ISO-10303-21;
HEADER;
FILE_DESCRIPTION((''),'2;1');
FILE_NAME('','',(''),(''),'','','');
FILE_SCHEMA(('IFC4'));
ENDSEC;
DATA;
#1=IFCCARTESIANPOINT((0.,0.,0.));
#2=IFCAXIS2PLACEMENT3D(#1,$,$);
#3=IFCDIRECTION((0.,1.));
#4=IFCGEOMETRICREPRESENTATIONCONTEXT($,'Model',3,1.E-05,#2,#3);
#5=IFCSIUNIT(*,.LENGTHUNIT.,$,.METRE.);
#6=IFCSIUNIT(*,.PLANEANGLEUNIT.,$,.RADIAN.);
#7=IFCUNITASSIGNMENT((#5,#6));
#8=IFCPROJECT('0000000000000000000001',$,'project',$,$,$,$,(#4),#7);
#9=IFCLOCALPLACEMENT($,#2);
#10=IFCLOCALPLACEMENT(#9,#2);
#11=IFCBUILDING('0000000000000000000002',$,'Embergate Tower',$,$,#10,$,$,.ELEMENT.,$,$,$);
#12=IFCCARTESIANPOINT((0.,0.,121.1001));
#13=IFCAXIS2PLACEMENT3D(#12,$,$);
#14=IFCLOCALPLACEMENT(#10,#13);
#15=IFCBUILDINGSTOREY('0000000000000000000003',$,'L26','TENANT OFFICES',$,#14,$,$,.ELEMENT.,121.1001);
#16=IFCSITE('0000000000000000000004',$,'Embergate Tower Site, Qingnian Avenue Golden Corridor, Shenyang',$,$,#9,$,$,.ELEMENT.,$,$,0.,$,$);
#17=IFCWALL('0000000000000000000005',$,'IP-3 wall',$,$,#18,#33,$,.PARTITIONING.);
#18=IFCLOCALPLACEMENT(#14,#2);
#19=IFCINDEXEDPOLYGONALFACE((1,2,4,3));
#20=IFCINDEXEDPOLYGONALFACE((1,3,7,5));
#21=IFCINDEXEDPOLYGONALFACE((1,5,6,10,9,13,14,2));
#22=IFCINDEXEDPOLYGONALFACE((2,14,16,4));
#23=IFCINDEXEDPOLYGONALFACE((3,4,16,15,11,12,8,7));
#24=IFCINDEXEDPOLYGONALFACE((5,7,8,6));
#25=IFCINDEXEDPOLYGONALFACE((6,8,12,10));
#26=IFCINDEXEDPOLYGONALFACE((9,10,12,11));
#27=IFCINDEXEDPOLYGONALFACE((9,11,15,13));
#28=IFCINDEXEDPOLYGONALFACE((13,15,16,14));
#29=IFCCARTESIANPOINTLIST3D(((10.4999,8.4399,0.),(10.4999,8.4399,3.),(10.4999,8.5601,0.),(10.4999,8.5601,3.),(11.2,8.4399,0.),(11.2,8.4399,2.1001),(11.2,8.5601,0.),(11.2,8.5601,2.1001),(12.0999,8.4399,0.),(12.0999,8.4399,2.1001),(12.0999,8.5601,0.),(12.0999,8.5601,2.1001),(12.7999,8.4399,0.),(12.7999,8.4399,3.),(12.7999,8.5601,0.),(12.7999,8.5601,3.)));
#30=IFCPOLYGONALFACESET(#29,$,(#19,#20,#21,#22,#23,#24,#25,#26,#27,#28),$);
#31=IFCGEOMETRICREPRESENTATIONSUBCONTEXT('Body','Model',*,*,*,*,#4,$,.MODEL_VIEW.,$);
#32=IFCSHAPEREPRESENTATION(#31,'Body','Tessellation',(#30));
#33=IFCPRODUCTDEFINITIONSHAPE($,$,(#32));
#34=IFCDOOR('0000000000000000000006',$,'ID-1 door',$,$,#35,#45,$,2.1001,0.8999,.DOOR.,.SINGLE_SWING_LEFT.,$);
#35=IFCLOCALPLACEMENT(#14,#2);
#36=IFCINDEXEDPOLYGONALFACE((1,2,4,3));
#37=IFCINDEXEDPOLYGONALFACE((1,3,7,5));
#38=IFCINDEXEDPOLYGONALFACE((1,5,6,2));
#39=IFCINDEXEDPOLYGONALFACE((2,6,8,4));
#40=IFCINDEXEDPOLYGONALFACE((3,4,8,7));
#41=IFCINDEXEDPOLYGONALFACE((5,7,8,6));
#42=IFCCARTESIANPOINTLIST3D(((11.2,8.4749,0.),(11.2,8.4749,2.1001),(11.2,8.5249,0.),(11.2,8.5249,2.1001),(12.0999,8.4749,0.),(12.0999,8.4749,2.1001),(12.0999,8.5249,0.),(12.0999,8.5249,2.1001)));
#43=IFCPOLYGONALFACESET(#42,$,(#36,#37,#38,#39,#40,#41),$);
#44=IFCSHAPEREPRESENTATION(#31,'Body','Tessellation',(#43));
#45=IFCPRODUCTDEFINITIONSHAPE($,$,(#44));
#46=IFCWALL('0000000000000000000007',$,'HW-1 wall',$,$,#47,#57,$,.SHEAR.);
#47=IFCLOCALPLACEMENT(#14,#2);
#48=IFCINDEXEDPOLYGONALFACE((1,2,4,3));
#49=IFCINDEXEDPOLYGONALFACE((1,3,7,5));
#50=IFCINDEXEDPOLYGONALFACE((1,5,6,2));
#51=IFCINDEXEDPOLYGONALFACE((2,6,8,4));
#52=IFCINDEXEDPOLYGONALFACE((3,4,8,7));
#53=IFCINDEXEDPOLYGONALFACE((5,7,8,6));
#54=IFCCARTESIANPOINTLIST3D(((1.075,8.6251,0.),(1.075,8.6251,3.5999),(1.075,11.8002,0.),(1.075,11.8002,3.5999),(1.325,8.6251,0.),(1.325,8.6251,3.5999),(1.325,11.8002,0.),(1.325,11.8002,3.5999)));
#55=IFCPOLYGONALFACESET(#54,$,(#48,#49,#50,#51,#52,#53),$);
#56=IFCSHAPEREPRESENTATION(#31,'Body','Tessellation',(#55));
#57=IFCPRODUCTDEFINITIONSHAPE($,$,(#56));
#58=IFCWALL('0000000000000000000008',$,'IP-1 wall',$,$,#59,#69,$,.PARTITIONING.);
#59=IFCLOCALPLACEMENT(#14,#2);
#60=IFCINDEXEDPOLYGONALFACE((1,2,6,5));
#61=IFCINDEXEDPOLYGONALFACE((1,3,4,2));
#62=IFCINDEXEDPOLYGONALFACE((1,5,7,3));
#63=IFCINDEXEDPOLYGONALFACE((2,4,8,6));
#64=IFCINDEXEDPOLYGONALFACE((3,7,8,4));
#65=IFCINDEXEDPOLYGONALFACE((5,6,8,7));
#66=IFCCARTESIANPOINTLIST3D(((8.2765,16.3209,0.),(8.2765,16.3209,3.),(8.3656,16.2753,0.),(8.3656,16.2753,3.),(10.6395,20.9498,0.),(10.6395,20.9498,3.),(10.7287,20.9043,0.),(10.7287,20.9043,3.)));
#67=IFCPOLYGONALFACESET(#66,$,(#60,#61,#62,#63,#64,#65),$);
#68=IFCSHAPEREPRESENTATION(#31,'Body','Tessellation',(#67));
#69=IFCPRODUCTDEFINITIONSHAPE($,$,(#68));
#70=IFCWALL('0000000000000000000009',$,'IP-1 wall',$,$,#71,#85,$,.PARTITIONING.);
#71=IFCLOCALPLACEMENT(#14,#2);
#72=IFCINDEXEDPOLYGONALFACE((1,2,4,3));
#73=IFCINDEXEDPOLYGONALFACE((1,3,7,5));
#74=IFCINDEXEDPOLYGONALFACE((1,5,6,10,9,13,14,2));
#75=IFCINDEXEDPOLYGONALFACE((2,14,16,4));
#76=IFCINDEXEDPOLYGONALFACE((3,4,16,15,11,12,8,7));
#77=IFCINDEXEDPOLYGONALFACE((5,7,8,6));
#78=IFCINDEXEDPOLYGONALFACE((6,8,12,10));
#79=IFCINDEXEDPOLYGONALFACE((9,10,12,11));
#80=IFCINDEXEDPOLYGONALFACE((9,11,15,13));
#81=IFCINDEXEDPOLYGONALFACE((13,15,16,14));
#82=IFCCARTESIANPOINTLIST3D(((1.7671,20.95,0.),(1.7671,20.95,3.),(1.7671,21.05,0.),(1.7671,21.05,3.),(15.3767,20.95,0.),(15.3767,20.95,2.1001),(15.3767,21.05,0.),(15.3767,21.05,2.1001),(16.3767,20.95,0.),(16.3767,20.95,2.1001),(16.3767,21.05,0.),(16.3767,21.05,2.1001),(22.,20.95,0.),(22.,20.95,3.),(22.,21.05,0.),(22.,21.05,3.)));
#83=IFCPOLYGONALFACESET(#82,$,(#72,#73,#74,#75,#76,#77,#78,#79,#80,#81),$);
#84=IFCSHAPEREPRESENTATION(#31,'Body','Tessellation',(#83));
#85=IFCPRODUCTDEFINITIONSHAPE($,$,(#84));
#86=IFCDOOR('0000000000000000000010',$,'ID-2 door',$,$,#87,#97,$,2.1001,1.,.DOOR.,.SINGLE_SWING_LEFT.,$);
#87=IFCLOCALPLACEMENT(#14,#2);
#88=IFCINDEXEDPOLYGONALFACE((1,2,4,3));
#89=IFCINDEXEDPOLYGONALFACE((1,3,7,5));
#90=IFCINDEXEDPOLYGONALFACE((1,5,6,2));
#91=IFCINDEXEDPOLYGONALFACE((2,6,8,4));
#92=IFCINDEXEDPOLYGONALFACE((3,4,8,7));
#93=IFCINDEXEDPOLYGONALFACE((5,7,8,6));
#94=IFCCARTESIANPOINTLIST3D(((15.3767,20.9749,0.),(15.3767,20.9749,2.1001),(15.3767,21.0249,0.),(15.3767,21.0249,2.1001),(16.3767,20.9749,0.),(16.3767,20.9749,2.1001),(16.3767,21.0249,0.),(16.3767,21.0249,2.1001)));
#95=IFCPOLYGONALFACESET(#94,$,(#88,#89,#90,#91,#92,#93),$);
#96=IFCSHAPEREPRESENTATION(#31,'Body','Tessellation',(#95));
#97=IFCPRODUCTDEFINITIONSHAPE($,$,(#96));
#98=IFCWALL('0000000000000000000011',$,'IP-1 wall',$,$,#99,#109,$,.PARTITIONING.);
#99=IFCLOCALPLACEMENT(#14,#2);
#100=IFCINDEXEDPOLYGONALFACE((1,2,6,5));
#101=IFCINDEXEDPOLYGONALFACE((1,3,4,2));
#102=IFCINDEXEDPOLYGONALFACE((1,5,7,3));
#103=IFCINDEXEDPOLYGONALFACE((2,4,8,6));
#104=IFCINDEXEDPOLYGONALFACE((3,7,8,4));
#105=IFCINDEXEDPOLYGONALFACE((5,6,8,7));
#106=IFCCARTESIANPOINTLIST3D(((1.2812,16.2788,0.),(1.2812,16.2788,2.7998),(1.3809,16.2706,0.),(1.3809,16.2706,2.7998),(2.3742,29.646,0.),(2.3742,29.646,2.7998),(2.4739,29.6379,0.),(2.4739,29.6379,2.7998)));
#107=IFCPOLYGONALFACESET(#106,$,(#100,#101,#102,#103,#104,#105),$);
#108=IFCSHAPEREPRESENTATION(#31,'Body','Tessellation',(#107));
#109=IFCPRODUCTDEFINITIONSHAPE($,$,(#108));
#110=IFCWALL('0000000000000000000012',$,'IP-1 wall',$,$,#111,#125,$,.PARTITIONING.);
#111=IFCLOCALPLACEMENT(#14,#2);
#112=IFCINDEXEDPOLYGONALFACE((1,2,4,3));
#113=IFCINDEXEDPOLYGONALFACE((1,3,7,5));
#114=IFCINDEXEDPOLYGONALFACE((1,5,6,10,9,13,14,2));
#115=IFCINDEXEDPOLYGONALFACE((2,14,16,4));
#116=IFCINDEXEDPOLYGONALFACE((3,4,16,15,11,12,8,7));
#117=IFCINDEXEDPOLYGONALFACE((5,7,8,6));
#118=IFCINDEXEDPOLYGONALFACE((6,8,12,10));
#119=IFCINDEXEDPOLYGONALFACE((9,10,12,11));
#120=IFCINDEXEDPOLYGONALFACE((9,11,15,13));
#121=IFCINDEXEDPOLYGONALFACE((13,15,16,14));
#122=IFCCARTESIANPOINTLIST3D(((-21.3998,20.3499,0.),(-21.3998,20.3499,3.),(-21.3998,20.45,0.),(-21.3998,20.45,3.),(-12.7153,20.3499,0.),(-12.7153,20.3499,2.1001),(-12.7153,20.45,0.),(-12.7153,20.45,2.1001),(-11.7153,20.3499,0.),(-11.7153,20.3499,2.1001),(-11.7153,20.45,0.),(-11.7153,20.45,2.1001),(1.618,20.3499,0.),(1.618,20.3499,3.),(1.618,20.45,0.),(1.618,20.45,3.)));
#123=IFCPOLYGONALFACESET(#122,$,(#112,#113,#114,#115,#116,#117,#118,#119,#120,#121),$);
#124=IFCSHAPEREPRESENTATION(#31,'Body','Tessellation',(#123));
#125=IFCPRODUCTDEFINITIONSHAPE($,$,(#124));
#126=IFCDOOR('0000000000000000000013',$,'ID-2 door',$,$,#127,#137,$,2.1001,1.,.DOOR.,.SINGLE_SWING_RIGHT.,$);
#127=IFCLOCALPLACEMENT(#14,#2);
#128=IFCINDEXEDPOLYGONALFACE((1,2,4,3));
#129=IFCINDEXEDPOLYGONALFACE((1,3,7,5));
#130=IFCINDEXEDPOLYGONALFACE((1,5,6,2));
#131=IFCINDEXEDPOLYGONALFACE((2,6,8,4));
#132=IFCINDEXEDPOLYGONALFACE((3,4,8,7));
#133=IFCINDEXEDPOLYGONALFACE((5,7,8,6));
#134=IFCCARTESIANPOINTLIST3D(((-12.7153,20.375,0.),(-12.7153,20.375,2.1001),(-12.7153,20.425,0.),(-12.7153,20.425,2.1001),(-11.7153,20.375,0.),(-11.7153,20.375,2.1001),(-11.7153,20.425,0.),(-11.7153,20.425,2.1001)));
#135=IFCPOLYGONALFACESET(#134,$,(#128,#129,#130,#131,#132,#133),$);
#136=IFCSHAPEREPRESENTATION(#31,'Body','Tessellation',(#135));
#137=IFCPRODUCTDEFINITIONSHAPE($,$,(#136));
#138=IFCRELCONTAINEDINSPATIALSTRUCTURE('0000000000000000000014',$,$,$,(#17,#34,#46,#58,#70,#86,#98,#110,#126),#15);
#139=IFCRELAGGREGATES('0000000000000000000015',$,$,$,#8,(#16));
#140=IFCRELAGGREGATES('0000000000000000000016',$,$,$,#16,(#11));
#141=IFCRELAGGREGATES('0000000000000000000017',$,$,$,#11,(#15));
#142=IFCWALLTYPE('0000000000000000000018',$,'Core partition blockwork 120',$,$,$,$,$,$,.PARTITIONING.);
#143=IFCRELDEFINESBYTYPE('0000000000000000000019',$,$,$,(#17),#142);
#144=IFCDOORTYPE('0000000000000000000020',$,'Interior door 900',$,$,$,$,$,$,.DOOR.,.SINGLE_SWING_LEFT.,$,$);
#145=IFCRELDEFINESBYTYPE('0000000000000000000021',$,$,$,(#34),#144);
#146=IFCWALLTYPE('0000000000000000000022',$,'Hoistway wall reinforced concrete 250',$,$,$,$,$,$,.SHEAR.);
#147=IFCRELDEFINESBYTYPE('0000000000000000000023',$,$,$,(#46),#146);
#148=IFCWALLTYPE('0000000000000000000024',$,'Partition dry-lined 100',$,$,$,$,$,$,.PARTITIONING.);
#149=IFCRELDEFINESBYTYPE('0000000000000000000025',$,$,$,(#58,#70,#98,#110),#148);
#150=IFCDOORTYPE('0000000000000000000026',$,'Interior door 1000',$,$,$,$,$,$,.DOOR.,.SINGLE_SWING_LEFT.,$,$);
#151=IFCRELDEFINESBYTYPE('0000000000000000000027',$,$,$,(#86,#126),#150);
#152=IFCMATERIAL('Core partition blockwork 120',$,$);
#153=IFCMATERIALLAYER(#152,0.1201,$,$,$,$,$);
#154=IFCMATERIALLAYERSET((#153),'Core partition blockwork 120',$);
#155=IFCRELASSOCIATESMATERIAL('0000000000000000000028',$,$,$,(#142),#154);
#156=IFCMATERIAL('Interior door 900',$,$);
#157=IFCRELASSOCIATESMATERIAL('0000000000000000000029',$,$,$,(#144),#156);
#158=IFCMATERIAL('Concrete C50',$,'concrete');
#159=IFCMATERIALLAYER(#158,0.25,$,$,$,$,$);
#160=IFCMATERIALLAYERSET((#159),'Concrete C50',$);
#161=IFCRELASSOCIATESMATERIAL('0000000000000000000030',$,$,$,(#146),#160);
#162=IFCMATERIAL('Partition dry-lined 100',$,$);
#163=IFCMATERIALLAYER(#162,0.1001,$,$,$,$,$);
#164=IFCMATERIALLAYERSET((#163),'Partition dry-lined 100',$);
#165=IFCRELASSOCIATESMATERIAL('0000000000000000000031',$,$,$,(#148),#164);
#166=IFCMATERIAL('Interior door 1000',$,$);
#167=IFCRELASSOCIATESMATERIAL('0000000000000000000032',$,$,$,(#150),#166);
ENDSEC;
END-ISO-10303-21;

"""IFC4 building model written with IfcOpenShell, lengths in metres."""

from ifc_helpers import new_model, si_unit, direction, frame, frame_2d, origin, place, context, subcontext, project, spatial, rectangle, extrude, source, transform, mapped, material, layer, layer_set, type_object, element, fill, save


model = new_model("IFC4")

# Units and contexts
model_context = context("Model", 3, precision=1e-05, world=origin(), true_north=direction((0.0, 1.0)))
body_context = subcontext(model_context, "Body", "Model", "MODEL_VIEW")
ifc_project = project(units=[si_unit("LENGTHUNIT", "METRE"), si_unit("PLANEANGLEUNIT", "RADIAN")], contexts=[model_context])

# Site, building, storey
site_placement = place(None, origin())
site = spatial("IfcSite", under=ifc_project, at=site_placement, Name="Embergate Tower Site, Qingnian Avenue Golden Corridor, Shenyang", CompositionType="ELEMENT", RefElevation=0.0)
building_placement = place(site_placement, origin())
building = spatial("IfcBuilding", under=site, at=building_placement, Name="Embergate Tower", CompositionType="ELEMENT")
storey_placement = place(building_placement, frame((0.0, 0.0, 121.1001)))
storey = spatial("IfcBuildingStorey", under=building, at=storey_placement, Name="L26", Description="TENANT OFFICES", CompositionType="ELEMENT", Elevation=121.1001)

# Wall, opening, door
ifc_material_1 = material(Name="Core partition blockwork 120")
ifc_layer_1 = layer(ifc_material_1, 0.1201)
ifc_layer_set_1 = layer_set([ifc_layer_1], Name="Core partition blockwork 120")
wall_type_1 = type_object("IfcWallType", Name="Core partition blockwork 120", PredefinedType="PARTITIONING", material=ifc_layer_set_1)
shared_shape_1 = source(origin(), body_context, "Body", "SweptSolid", [
    extrude(rectangle(XDim=2.3, YDim=0.1201, at=frame_2d((1.1499, 0.0))), origin(), (0.0, 0.0, 1.0), 3.0),
])
wall_1_placement = place(storey_placement, frame((10.5, 8.5, 0.0), z_axis=(0.0, 0.0, 1.0), x_axis=(1.0, 0.0, 0.0)))
wall_1 = element("IfcWall", 1, at=wall_1_placement, inside=storey, type_object=wall_type_1, Name="IP-3 wall", PredefinedType="PARTITIONING", context=body_context, shape_type="MappedRepresentation", body=[
    mapped(shared_shape_1, transform((0.0, 0.0, 0.0))),
])
shared_shape_2 = source(origin(), body_context, "Body", "SweptSolid", [
    extrude(rectangle(XDim=0.8999, YDim=2.1001, at=frame_2d((0.45, 1.05))), frame((0.0, 0.0701, 0.0), z_axis=(0.0, -1.0, 0.0), x_axis=(1.0, 0.0, 0.0)), (0.0, 0.0, 1.0), 0.1401),
])
opening_1_placement = place(wall_1_placement, frame((0.7, 0.0, 0.0)))
opening_1 = element("IfcOpeningElement", 2, at=opening_1_placement, cuts=wall_1, PredefinedType="OPENING", context=body_context, shape_type="MappedRepresentation", body=[
    mapped(shared_shape_2, transform((0.0, 0.0, 0.0))),
])
ifc_material_2 = material(Name="Interior door 900")
door_type_1 = type_object("IfcDoorType", Name="Interior door 900", OperationType="SINGLE_SWING_LEFT", PredefinedType="DOOR", material=ifc_material_2)
shared_shape_3 = source(origin(), body_context, "Body", "SweptSolid", [
    extrude(rectangle(XDim=0.8999, YDim=2.1001, at=frame_2d((0.45, 1.05))), frame((0.0, 0.0249, 0.0), z_axis=(0.0, -1.0, 0.0), x_axis=(1.0, 0.0, 0.0)), (0.0, 0.0, 1.0), 0.05),
])
door_1_placement = place(opening_1_placement, origin())
door_1 = element("IfcDoor", 3, at=door_1_placement, inside=storey, type_object=door_type_1, Name="ID-1 door", OperationType="SINGLE_SWING_LEFT", OverallHeight=2.1001, OverallWidth=0.8999, PredefinedType="DOOR", context=body_context, shape_type="MappedRepresentation", body=[
    mapped(shared_shape_3, transform((0.0, 0.0, 0.0))),
])
fill(opening_1, door_1)

# Walls
ifc_material_3 = material(Name="Concrete C50", Category="concrete")
ifc_layer_2 = layer(ifc_material_3, 0.25)
ifc_layer_set_2 = layer_set([ifc_layer_2], Name="Concrete C50")
wall_type_2 = type_object("IfcWallType", Name="Hoistway wall reinforced concrete 250", PredefinedType="SHEAR", material=ifc_layer_set_2)
shared_shape_4 = source(origin(), body_context, "Body", "SweptSolid", [
    extrude(rectangle(XDim=3.175, YDim=0.25, at=frame_2d((1.5874, 0.0))), origin(), (0.0, 0.0, 1.0), 3.5999),
])
wall_2_placement = place(storey_placement, frame((1.2, 11.8, 0.0), z_axis=(0.0, 0.0, 1.0), x_axis=(0.0, -1.0, 0.0)))
element("IfcWall", 4, at=wall_2_placement, inside=storey, type_object=wall_type_2, Name="HW-1 wall", PredefinedType="SHEAR", context=body_context, shape_type="MappedRepresentation", body=[
    mapped(shared_shape_4, transform((0.0, 0.0, 0.0))),
])
ifc_material_4 = material(Name="Partition dry-lined 100")
ifc_layer_3 = layer(ifc_material_4, 0.1001)
ifc_layer_set_3 = layer_set([ifc_layer_3], Name="Partition dry-lined 100")
wall_type_3 = type_object("IfcWallType", Name="Partition dry-lined 100", PredefinedType="PARTITIONING", material=ifc_layer_set_3)
shared_shape_5 = source(origin(), body_context, "Body", "SweptSolid", [
    extrude(rectangle(XDim=5.1973, YDim=0.1001, at=frame_2d((2.5986, 0.0))), origin(), (0.0, 0.0, 1.0), 3.0),
])
wall_3_placement = place(storey_placement, frame((8.321, 16.2981, 0.0), z_axis=(0.0, 0.0, 1.0), x_axis=(0.454676, 0.890657, 0.0)))
element("IfcWall", 5, at=wall_3_placement, inside=storey, type_object=wall_type_3, Name="IP-1 wall", PredefinedType="PARTITIONING", context=body_context, shape_type="MappedRepresentation", body=[
    mapped(shared_shape_5, transform((0.0, 0.0, 0.0))),
])

# Wall, opening, door
shared_shape_6 = source(origin(), body_context, "Body", "SweptSolid", [
    extrude(rectangle(XDim=20.2329, YDim=0.1001, at=frame_2d((10.1165, 0.0))), origin(), (0.0, 0.0, 1.0), 3.0),
])
wall_4_placement = place(storey_placement, frame((1.7671, 21.0, 0.0), z_axis=(0.0, 0.0, 1.0), x_axis=(1.0, 0.0, 0.0)))
wall_4 = element("IfcWall", 6, at=wall_4_placement, inside=storey, type_object=wall_type_3, Name="IP-1 wall", PredefinedType="PARTITIONING", context=body_context, shape_type="MappedRepresentation", body=[
    mapped(shared_shape_6, transform((0.0, 0.0, 0.0))),
])
shared_shape_7 = source(origin(), body_context, "Body", "SweptSolid", [
    extrude(rectangle(XDim=1.0, YDim=2.1001, at=frame_2d((0.5, 1.05))), frame((0.0, 0.0601, 0.0), z_axis=(0.0, -1.0, 0.0), x_axis=(1.0, 0.0, 0.0)), (0.0, 0.0, 1.0), 0.1201),
])
opening_2_placement = place(wall_4_placement, frame((13.6096, 0.0, 0.0)))
opening_2 = element("IfcOpeningElement", 7, at=opening_2_placement, cuts=wall_4, PredefinedType="OPENING", context=body_context, shape_type="MappedRepresentation", body=[
    mapped(shared_shape_7, transform((0.0, 0.0, 0.0))),
])
ifc_material_5 = material(Name="Interior door 1000")
door_type_2 = type_object("IfcDoorType", Name="Interior door 1000", OperationType="SINGLE_SWING_LEFT", PredefinedType="DOOR", material=ifc_material_5)
shared_shape_8 = source(origin(), body_context, "Body", "SweptSolid", [
    extrude(rectangle(XDim=1.0, YDim=2.1001, at=frame_2d((0.5, 1.05))), frame((0.0, 0.0249, 0.0), z_axis=(0.0, -1.0, 0.0), x_axis=(1.0, 0.0, 0.0)), (0.0, 0.0, 1.0), 0.05),
])
door_2_placement = place(opening_2_placement, origin())
door_2 = element("IfcDoor", 8, at=door_2_placement, inside=storey, type_object=door_type_2, Name="ID-2 door", OperationType="SINGLE_SWING_LEFT", OverallHeight=2.1001, OverallWidth=1.0, PredefinedType="DOOR", context=body_context, shape_type="MappedRepresentation", body=[
    mapped(shared_shape_8, transform((0.0, 0.0, 0.0))),
])
fill(opening_2, door_2)

# Wall
shared_shape_9 = source(origin(), body_context, "Body", "SweptSolid", [
    extrude(rectangle(XDim=13.4119, YDim=0.1001, at=frame_2d((6.7061, 0.0))), origin(), (0.0, 0.0, 1.0), 2.7998),
])
wall_5_placement = place(storey_placement, frame((2.4241, 29.6421, 0.0), z_axis=(0.0, 0.0, 1.0), x_axis=(-0.081497, -0.996674, 0.0)))
element("IfcWall", 9, at=wall_5_placement, inside=storey, type_object=wall_type_3, Name="IP-1 wall", PredefinedType="PARTITIONING", context=body_context, shape_type="MappedRepresentation", body=[
    mapped(shared_shape_9, transform((0.0, 0.0, 0.0))),
])

# Wall, opening, door
shared_shape_10 = source(origin(), body_context, "Body", "SweptSolid", [
    extrude(rectangle(XDim=23.0178, YDim=0.1001, at=frame_2d((11.5088, 0.0))), origin(), (0.0, 0.0, 1.0), 3.0),
])
wall_6_placement = place(storey_placement, frame((1.6179, 20.3999, 0.0), z_axis=(0.0, 0.0, 1.0), x_axis=(-1.0, 0.0, 0.0)))
wall_6 = element("IfcWall", 10, at=wall_6_placement, inside=storey, type_object=wall_type_3, Name="IP-1 wall", PredefinedType="PARTITIONING", context=body_context, shape_type="MappedRepresentation", body=[
    mapped(shared_shape_10, transform((0.0, 0.0, 0.0))),
])
opening_3_placement = place(wall_6_placement, frame((13.3333, 0.0, 0.0)))
opening_3 = element("IfcOpeningElement", 11, at=opening_3_placement, cuts=wall_6, PredefinedType="OPENING", context=body_context, shape_type="MappedRepresentation", body=[
    mapped(shared_shape_7, transform((0.0, 0.0, 0.0))),
])
door_3_placement = place(opening_3_placement, origin())
door_3 = element("IfcDoor", 12, at=door_3_placement, inside=storey, type_object=door_type_2, Name="ID-2 door", OperationType="SINGLE_SWING_RIGHT", OverallHeight=2.1001, OverallWidth=1.0, PredefinedType="DOOR", context=body_context, shape_type="MappedRepresentation", body=[
    mapped(shared_shape_8, transform((0.0, 0.0, 0.0))),
])
fill(opening_3, door_3)

save(model, "model.ifc")
